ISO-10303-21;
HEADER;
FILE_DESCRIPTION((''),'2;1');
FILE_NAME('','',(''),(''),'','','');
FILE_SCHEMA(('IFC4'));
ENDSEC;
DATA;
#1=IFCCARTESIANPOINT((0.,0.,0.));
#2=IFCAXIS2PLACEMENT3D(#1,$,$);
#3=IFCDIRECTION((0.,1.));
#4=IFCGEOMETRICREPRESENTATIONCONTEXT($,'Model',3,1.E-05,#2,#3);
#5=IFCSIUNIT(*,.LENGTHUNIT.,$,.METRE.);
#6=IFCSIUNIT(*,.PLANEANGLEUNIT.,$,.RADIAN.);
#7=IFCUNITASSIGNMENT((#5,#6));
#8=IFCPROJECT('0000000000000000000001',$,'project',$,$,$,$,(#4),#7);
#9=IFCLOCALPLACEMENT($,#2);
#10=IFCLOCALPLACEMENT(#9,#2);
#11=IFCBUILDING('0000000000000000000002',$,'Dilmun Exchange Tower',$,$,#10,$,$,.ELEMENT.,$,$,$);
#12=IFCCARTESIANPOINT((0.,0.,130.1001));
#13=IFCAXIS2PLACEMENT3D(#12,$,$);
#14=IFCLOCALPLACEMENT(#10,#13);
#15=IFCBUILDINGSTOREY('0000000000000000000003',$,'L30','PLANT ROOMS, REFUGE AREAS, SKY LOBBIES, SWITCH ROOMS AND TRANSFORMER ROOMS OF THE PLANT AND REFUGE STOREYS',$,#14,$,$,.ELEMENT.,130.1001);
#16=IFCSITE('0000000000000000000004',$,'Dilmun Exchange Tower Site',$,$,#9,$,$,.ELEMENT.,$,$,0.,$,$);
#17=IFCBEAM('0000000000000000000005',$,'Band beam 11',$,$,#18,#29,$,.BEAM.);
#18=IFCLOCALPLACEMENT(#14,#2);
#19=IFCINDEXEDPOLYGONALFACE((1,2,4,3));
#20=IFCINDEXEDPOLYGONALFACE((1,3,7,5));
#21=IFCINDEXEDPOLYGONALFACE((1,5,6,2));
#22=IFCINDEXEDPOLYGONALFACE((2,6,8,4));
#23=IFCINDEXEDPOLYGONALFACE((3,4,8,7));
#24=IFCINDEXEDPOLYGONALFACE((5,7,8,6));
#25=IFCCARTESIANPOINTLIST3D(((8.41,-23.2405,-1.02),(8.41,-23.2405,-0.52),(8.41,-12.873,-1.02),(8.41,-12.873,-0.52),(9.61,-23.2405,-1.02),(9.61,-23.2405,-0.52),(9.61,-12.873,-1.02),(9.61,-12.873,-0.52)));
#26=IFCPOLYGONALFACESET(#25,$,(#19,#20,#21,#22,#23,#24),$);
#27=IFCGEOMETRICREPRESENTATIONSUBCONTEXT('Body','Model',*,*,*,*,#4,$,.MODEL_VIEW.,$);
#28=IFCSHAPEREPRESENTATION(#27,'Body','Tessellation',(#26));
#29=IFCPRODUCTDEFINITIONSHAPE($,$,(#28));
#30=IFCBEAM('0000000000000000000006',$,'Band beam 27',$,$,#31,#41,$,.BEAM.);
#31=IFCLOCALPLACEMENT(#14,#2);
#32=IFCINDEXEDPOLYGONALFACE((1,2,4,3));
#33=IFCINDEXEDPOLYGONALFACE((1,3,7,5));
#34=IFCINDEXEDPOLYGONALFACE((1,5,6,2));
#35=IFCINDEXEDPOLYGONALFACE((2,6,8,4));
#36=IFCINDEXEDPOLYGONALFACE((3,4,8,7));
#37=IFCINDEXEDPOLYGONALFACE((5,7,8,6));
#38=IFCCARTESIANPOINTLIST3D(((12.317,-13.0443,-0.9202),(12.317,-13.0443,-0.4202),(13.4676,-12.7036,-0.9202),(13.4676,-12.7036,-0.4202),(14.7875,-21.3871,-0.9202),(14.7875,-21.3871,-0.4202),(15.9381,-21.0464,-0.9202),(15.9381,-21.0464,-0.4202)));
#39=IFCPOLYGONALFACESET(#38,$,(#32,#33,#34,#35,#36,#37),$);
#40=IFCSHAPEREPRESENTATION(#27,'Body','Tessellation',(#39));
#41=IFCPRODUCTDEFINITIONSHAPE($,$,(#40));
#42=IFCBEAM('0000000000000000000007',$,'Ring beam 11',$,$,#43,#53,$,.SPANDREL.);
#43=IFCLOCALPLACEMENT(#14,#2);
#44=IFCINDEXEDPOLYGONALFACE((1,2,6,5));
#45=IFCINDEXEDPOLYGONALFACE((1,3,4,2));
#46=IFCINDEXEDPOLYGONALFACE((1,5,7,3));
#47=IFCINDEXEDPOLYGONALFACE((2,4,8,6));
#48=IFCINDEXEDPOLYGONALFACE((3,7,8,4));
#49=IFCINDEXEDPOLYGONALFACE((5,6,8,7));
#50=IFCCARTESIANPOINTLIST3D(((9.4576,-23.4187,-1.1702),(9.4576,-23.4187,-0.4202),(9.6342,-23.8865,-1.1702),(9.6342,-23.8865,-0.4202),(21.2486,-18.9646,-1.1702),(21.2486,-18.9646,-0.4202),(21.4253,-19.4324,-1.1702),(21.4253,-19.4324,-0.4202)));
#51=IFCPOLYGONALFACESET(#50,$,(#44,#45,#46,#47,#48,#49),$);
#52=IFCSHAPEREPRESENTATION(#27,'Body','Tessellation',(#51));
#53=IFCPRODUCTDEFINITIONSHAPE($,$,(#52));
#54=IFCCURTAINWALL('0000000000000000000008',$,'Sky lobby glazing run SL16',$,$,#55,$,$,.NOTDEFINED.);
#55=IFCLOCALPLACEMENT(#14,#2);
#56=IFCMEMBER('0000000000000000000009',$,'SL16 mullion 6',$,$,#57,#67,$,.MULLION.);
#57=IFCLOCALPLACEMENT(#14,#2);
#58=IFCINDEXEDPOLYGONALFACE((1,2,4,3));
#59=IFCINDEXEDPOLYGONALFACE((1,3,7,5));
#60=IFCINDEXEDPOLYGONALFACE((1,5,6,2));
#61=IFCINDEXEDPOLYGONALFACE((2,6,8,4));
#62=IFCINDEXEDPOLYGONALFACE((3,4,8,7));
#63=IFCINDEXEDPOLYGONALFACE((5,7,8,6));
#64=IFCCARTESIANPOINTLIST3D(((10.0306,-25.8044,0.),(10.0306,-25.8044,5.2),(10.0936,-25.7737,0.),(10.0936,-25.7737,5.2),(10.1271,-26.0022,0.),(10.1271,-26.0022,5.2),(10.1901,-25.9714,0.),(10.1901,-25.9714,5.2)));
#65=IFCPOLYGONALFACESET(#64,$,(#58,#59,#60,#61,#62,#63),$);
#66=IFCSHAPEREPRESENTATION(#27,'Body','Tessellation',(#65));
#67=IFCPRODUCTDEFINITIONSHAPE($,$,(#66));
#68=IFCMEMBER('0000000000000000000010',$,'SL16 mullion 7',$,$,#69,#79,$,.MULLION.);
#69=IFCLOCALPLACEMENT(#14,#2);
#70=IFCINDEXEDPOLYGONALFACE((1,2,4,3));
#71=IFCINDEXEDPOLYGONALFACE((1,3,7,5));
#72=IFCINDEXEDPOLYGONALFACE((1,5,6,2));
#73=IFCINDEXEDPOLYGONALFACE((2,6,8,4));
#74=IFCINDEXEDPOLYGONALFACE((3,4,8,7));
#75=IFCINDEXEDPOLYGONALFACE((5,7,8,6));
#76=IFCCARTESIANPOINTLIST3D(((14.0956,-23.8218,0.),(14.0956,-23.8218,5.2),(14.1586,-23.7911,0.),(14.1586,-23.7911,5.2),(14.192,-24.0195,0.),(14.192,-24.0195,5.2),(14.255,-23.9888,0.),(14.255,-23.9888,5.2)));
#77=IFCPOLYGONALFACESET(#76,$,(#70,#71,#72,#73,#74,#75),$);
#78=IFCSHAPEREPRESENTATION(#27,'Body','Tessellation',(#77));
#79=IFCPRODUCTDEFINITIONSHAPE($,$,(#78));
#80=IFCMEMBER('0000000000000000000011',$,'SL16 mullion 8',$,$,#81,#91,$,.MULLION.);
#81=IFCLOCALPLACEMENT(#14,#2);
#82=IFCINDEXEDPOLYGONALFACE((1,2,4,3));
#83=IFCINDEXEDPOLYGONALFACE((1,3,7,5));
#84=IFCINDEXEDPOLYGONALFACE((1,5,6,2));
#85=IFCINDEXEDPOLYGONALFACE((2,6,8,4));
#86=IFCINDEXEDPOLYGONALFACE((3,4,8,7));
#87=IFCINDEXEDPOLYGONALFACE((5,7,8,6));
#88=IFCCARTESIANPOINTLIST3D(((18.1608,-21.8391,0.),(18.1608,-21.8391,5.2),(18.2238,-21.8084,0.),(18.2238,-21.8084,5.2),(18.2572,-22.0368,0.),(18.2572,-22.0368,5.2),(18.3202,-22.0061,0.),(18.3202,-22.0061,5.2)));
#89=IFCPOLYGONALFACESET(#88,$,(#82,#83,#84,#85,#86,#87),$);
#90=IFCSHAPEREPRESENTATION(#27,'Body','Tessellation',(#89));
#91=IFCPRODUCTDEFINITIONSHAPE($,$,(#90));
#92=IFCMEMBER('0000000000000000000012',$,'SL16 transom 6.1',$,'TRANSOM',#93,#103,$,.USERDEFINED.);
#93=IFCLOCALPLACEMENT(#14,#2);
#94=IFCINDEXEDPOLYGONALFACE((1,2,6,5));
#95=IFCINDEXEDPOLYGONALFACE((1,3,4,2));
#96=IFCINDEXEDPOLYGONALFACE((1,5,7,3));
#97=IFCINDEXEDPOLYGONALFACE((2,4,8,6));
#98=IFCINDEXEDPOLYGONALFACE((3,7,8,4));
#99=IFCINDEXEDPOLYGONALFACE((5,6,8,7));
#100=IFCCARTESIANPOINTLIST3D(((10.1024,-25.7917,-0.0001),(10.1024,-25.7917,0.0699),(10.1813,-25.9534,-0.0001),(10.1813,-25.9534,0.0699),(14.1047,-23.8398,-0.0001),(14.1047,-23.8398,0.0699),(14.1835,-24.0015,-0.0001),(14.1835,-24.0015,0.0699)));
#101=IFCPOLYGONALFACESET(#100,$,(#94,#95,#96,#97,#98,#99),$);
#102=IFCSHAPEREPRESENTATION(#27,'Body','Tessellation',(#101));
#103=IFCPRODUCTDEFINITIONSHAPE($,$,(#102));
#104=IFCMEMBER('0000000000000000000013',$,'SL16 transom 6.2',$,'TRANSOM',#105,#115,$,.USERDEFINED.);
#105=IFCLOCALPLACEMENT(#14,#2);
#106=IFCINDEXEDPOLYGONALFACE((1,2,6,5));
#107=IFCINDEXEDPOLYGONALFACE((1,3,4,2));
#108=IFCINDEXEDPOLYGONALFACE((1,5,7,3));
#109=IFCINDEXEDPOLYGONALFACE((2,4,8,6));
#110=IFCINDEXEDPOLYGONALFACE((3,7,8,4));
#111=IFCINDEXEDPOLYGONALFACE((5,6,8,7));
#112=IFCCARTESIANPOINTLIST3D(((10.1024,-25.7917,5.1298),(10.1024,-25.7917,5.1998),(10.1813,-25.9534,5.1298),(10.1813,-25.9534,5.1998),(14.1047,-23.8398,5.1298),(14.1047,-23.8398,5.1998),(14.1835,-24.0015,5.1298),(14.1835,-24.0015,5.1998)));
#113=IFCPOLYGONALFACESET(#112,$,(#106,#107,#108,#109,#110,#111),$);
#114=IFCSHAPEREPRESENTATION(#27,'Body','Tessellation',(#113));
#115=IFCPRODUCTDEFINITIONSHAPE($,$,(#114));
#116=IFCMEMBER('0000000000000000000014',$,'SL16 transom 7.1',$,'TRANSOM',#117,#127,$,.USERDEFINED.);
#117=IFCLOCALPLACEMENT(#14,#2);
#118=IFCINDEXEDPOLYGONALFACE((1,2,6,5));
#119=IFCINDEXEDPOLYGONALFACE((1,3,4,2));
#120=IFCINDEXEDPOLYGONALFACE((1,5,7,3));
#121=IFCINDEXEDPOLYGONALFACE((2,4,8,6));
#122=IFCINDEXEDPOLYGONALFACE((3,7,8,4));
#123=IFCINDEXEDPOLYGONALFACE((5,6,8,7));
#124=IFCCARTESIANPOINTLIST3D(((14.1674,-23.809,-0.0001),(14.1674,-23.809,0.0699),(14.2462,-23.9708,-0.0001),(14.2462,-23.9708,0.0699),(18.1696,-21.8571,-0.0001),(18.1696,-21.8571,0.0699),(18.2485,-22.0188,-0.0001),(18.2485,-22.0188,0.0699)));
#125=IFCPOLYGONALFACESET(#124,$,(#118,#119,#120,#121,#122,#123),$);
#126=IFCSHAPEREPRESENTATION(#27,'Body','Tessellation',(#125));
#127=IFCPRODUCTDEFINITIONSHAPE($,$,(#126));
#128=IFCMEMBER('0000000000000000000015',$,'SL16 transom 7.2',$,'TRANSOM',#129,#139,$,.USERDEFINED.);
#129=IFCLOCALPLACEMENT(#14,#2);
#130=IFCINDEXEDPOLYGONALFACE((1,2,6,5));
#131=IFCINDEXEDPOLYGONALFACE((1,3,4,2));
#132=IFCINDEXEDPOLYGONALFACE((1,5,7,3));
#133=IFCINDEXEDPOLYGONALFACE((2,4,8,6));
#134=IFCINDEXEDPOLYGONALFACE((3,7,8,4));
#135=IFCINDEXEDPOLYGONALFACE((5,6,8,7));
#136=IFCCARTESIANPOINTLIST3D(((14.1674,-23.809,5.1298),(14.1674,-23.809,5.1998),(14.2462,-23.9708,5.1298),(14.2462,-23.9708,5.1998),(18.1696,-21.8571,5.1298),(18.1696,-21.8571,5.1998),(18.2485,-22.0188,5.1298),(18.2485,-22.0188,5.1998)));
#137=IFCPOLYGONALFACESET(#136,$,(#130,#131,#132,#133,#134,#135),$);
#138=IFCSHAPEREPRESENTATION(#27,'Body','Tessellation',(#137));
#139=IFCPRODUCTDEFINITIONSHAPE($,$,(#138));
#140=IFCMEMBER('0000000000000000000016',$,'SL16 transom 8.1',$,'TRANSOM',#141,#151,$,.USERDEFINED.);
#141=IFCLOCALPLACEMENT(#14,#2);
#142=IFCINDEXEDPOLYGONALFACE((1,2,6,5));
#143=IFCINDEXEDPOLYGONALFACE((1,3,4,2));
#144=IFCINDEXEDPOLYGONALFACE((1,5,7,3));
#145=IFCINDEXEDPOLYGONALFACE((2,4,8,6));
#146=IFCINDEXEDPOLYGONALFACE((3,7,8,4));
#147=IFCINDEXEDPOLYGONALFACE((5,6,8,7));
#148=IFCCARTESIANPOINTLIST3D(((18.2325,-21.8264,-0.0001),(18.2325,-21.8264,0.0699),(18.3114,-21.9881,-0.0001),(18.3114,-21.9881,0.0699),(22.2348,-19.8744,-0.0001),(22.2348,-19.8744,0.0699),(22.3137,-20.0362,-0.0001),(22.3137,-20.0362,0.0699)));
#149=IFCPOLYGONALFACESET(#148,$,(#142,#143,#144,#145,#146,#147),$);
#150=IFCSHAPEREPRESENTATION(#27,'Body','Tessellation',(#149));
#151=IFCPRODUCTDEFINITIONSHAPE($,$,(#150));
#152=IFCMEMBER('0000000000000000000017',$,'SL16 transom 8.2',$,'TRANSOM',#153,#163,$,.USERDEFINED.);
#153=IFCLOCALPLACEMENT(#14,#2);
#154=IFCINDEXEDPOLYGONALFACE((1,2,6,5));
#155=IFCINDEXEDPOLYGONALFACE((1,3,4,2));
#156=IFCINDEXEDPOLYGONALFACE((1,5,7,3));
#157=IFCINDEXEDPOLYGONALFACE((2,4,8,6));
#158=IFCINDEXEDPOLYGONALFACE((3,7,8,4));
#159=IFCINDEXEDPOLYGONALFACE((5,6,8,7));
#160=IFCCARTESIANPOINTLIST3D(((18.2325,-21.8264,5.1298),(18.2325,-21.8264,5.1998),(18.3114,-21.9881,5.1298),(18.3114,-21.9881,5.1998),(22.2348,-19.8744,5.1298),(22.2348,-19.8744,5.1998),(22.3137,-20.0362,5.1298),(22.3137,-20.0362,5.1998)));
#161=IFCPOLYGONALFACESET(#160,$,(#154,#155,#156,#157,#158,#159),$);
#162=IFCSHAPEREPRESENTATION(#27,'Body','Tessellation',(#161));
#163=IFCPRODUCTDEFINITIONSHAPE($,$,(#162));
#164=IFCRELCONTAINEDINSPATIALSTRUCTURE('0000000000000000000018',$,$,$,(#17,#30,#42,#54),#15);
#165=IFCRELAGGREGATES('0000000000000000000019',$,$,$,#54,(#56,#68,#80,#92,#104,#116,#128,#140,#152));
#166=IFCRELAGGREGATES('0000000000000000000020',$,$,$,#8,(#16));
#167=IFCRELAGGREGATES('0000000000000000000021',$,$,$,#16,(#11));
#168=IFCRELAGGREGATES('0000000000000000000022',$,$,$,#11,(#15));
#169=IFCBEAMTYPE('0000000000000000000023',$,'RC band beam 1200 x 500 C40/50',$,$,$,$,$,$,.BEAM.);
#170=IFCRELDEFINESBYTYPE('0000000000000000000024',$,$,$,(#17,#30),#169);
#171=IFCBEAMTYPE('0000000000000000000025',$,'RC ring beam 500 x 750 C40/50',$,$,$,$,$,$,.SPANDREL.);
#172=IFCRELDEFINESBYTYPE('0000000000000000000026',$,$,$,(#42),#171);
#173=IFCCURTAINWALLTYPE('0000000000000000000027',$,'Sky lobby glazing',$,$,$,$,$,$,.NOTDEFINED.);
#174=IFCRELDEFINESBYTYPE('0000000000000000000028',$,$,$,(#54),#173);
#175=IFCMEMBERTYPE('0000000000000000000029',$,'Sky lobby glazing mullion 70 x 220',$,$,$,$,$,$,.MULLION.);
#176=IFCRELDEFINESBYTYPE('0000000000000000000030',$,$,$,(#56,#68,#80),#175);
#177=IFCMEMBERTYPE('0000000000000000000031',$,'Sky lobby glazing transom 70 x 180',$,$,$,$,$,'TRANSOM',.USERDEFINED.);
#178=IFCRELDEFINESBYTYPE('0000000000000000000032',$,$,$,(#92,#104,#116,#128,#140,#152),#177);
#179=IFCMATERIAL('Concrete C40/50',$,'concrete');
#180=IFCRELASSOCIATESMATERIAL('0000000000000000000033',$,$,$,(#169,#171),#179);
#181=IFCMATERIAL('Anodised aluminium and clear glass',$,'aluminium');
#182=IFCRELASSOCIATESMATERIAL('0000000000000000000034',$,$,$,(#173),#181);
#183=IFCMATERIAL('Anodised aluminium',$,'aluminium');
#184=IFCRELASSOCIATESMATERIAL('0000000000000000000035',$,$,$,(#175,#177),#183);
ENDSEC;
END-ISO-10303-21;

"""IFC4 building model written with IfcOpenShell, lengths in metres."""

from ifc_helpers import new_model, si_unit, direction, frame, origin, origin_2d, place, context, subcontext, project, spatial, rectangle, extrude, material, material_profile, profile_set, type_object, element, aggregate, save


model = new_model("IFC4")

# Units and contexts
model_context = context("Model", 3, precision=1e-05, world=origin(), true_north=direction((0.0, 1.0)))
body_context = subcontext(model_context, "Body", "Model", "MODEL_VIEW")
ifc_project = project(units=[si_unit("LENGTHUNIT", "METRE"), si_unit("PLANEANGLEUNIT", "RADIAN")], contexts=[model_context])

# Site, building, storey
site_placement = place(None, origin())
site = spatial("IfcSite", under=ifc_project, at=site_placement, Name="Dilmun Exchange Tower Site", CompositionType="ELEMENT", RefElevation=0.0)
building_placement = place(site_placement, origin())
building = spatial("IfcBuilding", under=site, at=building_placement, Name="Dilmun Exchange Tower", CompositionType="ELEMENT")
storey_placement = place(building_placement, frame((0.0, 0.0, 130.1001)))
storey = spatial("IfcBuildingStorey", under=building, at=storey_placement, Name="L30", Description="PLANT ROOMS, REFUGE AREAS, SKY LOBBIES, SWITCH ROOMS AND TRANSFORMER ROOMS OF THE PLANT AND REFUGE STOREYS", CompositionType="ELEMENT", Elevation=130.1001)

# Beams
ifc_material_1 = material(Name="Concrete C40/50", Category="concrete")
ifc_material_profile_1 = material_profile(ifc_material_1, rectangle(XDim=1.2, YDim=0.5, at=origin_2d()), Name="1200 x 500")
ifc_profile_set_1 = profile_set([ifc_material_profile_1], Name="Concrete C40/50")
beam_type_1 = type_object("IfcBeamType", Name="RC band beam 1200 x 500 C40/50", PredefinedType="BEAM", material=ifc_profile_set_1)
beam_1_placement = place(storey_placement, frame((9.01, -23.2405, -0.77), z_axis=(0.0, 1.0, 0.0), x_axis=(-1.0, 0.0, 0.0)))
element("IfcBeam", 1, at=beam_1_placement, inside=storey, type_object=beam_type_1, Name="Band beam 11", PredefinedType="BEAM", context=body_context, shape_type="SweptSolid", body=[
    extrude(rectangle(XDim=1.2, YDim=0.5, at=origin_2d()), origin(), (0.0, 0.0, 1.0), 10.3674),
])
beam_2_placement = place(storey_placement, frame((15.3628, -21.2168, -0.6702), z_axis=(-0.283933, 0.958844, 0.0), x_axis=(-0.958844, -0.283933, 0.0)))
element("IfcBeam", 2, at=beam_2_placement, inside=storey, type_object=beam_type_1, Name="Band beam 27", PredefinedType="BEAM", context=body_context, shape_type="SweptSolid", body=[
    extrude(rectangle(XDim=1.2, YDim=0.5, at=origin_2d()), origin(), (0.0, 0.0, 1.0), 8.7009),
])
ifc_material_profile_2 = material_profile(ifc_material_1, rectangle(XDim=0.5, YDim=0.75, at=origin_2d()), Name="500 x 750")
ifc_profile_set_2 = profile_set([ifc_material_profile_2], Name="Concrete C40/50")
beam_type_2 = type_object("IfcBeamType", Name="RC ring beam 500 x 750 C40/50", PredefinedType="SPANDREL", material=ifc_profile_set_2)
beam_3_placement = place(storey_placement, frame((9.5459, -23.6526, -0.7952), z_axis=(0.935479, 0.353381, 0.0), x_axis=(-0.353381, 0.935479, 0.0)))
element("IfcBeam", 3, at=beam_3_placement, inside=storey, type_object=beam_type_2, Name="Ring beam 11", PredefinedType="SPANDREL", context=body_context, shape_type="SweptSolid", body=[
    extrude(rectangle(XDim=0.5, YDim=0.75, at=origin_2d()), origin(), (0.0, 0.0, 1.0), 12.6042),
])

# Curtain wall, members
ifc_material_2 = material(Name="Anodised aluminium and clear glass", Category="aluminium")
curtain_wall_type = type_object("IfcCurtainWallType", Name="Sky lobby glazing", PredefinedType="NOTDEFINED", material=ifc_material_2)
curtain_wall_placement = place(storey_placement, origin())
curtain_wall = element("IfcCurtainWall", 4, at=curtain_wall_placement, inside=storey, type_object=curtain_wall_type, Name="Sky lobby glazing run SL16", PredefinedType="NOTDEFINED")
ifc_material_3 = material(Name="Anodised aluminium", Category="aluminium")
ifc_material_profile_3 = material_profile(ifc_material_3, rectangle(XDim=0.22, YDim=0.0701, at=origin_2d()), Name="AL 70x220")
ifc_profile_set_3 = profile_set([ifc_material_profile_3], Name="Anodised aluminium")
member_type_1 = type_object("IfcMemberType", Name="Sky lobby glazing mullion 70 x 220", PredefinedType="MULLION", material=ifc_profile_set_3)
member_1_placement = place(storey_placement, frame((10.1104, -25.8879, 0.0), z_axis=(0.0, 0.0, 1.0), x_axis=(-0.438371, 0.898794, 0.0)))
member_1 = element("IfcMember", 5, at=member_1_placement, type_object=member_type_1, Name="SL16 mullion 6", PredefinedType="MULLION", context=body_context, shape_type="SweptSolid", body=[
    extrude(rectangle(XDim=0.22, YDim=0.0701, at=origin_2d()), origin(), (0.0, 0.0, 1.0), 5.2),
])
member_2_placement = place(storey_placement, frame((14.1753, -23.9053, 0.0), z_axis=(0.0, 0.0, 1.0), x_axis=(-0.438371, 0.898794, 0.0)))
member_2 = element("IfcMember", 6, at=member_2_placement, type_object=member_type_1, Name="SL16 mullion 7", PredefinedType="MULLION", context=body_context, shape_type="SweptSolid", body=[
    extrude(rectangle(XDim=0.22, YDim=0.0701, at=origin_2d()), origin(), (0.0, 0.0, 1.0), 5.2),
])
member_3_placement = place(storey_placement, frame((18.2405, -21.9226, 0.0), z_axis=(0.0, 0.0, 1.0), x_axis=(-0.438371, 0.898794, 0.0)))
member_3 = element("IfcMember", 7, at=member_3_placement, type_object=member_type_1, Name="SL16 mullion 8", PredefinedType="MULLION", context=body_context, shape_type="SweptSolid", body=[
    extrude(rectangle(XDim=0.22, YDim=0.0701, at=origin_2d()), origin(), (0.0, 0.0, 1.0), 5.2),
])
ifc_material_profile_4 = material_profile(ifc_material_3, rectangle(XDim=0.1799, YDim=0.0701, at=origin_2d()), Name="AL 70x180")
ifc_profile_set_4 = profile_set([ifc_material_profile_4], Name="Anodised aluminium")
member_type_2 = type_object("IfcMemberType", Name="Sky lobby glazing transom 70 x 180", ElementType="TRANSOM", PredefinedType="USERDEFINED", material=ifc_profile_set_4)
member_4_placement = place(storey_placement, frame((10.1418, -25.8726, 0.0349), z_axis=(0.898803, 0.438353, 0.0), x_axis=(-0.438353, 0.898803, 0.0)))
member_4 = element("IfcMember", 8, at=member_4_placement, type_object=member_type_2, Name="SL16 transom 6.1", ObjectType="TRANSOM", PredefinedType="USERDEFINED", context=body_context, shape_type="SweptSolid", body=[
    extrude(rectangle(XDim=0.1799, YDim=0.0701, at=origin_2d()), origin(), (0.0, 0.0, 1.0), 4.4529),
])
member_5_placement = place(storey_placement, frame((10.1418, -25.8726, 5.1648), z_axis=(0.898803, 0.438353, 0.0), x_axis=(-0.438353, 0.898803, 0.0)))
member_5 = element("IfcMember", 9, at=member_5_placement, type_object=member_type_2, Name="SL16 transom 6.2", ObjectType="TRANSOM", PredefinedType="USERDEFINED", context=body_context, shape_type="SweptSolid", body=[
    extrude(rectangle(XDim=0.1799, YDim=0.0701, at=origin_2d()), origin(), (0.0, 0.0, 1.0), 4.4529),
])
member_6_placement = place(storey_placement, frame((14.2068, -23.8899, 0.0349), z_axis=(0.898803, 0.438353, 0.0), x_axis=(-0.438353, 0.898803, 0.0)))
member_6 = element("IfcMember", 10, at=member_6_placement, type_object=member_type_2, Name="SL16 transom 7.1", ObjectType="TRANSOM", PredefinedType="USERDEFINED", context=body_context, shape_type="SweptSolid", body=[
    extrude(rectangle(XDim=0.1799, YDim=0.0701, at=origin_2d()), origin(), (0.0, 0.0, 1.0), 4.4529),
])
member_7_placement = place(storey_placement, frame((14.2068, -23.8899, 5.1648), z_axis=(0.898803, 0.438353, 0.0), x_axis=(-0.438353, 0.898803, 0.0)))
member_7 = element("IfcMember", 11, at=member_7_placement, type_object=member_type_2, Name="SL16 transom 7.2", ObjectType="TRANSOM", PredefinedType="USERDEFINED", context=body_context, shape_type="SweptSolid", body=[
    extrude(rectangle(XDim=0.1799, YDim=0.0701, at=origin_2d()), origin(), (0.0, 0.0, 1.0), 4.4529),
])
member_8_placement = place(storey_placement, frame((18.272, -21.9072, 0.0349), z_axis=(0.898803, 0.438353, 0.0), x_axis=(-0.438353, 0.898803, 0.0)))
member_8 = element("IfcMember", 12, at=member_8_placement, type_object=member_type_2, Name="SL16 transom 8.1", ObjectType="TRANSOM", PredefinedType="USERDEFINED", context=body_context, shape_type="SweptSolid", body=[
    extrude(rectangle(XDim=0.1799, YDim=0.0701, at=origin_2d()), origin(), (0.0, 0.0, 1.0), 4.4529),
])
member_9_placement = place(storey_placement, frame((18.272, -21.9072, 5.1648), z_axis=(0.898803, 0.438353, 0.0), x_axis=(-0.438353, 0.898803, 0.0)))
member_9 = element("IfcMember", 13, at=member_9_placement, type_object=member_type_2, Name="SL16 transom 8.2", ObjectType="TRANSOM", PredefinedType="USERDEFINED", context=body_context, shape_type="SweptSolid", body=[
    extrude(rectangle(XDim=0.1799, YDim=0.0701, at=origin_2d()), origin(), (0.0, 0.0, 1.0), 4.4529),
])

aggregate(curtain_wall, [member_1, member_2, member_3, member_4, member_5, member_6, member_7, member_8, member_9])

save(model, "model.ifc")
